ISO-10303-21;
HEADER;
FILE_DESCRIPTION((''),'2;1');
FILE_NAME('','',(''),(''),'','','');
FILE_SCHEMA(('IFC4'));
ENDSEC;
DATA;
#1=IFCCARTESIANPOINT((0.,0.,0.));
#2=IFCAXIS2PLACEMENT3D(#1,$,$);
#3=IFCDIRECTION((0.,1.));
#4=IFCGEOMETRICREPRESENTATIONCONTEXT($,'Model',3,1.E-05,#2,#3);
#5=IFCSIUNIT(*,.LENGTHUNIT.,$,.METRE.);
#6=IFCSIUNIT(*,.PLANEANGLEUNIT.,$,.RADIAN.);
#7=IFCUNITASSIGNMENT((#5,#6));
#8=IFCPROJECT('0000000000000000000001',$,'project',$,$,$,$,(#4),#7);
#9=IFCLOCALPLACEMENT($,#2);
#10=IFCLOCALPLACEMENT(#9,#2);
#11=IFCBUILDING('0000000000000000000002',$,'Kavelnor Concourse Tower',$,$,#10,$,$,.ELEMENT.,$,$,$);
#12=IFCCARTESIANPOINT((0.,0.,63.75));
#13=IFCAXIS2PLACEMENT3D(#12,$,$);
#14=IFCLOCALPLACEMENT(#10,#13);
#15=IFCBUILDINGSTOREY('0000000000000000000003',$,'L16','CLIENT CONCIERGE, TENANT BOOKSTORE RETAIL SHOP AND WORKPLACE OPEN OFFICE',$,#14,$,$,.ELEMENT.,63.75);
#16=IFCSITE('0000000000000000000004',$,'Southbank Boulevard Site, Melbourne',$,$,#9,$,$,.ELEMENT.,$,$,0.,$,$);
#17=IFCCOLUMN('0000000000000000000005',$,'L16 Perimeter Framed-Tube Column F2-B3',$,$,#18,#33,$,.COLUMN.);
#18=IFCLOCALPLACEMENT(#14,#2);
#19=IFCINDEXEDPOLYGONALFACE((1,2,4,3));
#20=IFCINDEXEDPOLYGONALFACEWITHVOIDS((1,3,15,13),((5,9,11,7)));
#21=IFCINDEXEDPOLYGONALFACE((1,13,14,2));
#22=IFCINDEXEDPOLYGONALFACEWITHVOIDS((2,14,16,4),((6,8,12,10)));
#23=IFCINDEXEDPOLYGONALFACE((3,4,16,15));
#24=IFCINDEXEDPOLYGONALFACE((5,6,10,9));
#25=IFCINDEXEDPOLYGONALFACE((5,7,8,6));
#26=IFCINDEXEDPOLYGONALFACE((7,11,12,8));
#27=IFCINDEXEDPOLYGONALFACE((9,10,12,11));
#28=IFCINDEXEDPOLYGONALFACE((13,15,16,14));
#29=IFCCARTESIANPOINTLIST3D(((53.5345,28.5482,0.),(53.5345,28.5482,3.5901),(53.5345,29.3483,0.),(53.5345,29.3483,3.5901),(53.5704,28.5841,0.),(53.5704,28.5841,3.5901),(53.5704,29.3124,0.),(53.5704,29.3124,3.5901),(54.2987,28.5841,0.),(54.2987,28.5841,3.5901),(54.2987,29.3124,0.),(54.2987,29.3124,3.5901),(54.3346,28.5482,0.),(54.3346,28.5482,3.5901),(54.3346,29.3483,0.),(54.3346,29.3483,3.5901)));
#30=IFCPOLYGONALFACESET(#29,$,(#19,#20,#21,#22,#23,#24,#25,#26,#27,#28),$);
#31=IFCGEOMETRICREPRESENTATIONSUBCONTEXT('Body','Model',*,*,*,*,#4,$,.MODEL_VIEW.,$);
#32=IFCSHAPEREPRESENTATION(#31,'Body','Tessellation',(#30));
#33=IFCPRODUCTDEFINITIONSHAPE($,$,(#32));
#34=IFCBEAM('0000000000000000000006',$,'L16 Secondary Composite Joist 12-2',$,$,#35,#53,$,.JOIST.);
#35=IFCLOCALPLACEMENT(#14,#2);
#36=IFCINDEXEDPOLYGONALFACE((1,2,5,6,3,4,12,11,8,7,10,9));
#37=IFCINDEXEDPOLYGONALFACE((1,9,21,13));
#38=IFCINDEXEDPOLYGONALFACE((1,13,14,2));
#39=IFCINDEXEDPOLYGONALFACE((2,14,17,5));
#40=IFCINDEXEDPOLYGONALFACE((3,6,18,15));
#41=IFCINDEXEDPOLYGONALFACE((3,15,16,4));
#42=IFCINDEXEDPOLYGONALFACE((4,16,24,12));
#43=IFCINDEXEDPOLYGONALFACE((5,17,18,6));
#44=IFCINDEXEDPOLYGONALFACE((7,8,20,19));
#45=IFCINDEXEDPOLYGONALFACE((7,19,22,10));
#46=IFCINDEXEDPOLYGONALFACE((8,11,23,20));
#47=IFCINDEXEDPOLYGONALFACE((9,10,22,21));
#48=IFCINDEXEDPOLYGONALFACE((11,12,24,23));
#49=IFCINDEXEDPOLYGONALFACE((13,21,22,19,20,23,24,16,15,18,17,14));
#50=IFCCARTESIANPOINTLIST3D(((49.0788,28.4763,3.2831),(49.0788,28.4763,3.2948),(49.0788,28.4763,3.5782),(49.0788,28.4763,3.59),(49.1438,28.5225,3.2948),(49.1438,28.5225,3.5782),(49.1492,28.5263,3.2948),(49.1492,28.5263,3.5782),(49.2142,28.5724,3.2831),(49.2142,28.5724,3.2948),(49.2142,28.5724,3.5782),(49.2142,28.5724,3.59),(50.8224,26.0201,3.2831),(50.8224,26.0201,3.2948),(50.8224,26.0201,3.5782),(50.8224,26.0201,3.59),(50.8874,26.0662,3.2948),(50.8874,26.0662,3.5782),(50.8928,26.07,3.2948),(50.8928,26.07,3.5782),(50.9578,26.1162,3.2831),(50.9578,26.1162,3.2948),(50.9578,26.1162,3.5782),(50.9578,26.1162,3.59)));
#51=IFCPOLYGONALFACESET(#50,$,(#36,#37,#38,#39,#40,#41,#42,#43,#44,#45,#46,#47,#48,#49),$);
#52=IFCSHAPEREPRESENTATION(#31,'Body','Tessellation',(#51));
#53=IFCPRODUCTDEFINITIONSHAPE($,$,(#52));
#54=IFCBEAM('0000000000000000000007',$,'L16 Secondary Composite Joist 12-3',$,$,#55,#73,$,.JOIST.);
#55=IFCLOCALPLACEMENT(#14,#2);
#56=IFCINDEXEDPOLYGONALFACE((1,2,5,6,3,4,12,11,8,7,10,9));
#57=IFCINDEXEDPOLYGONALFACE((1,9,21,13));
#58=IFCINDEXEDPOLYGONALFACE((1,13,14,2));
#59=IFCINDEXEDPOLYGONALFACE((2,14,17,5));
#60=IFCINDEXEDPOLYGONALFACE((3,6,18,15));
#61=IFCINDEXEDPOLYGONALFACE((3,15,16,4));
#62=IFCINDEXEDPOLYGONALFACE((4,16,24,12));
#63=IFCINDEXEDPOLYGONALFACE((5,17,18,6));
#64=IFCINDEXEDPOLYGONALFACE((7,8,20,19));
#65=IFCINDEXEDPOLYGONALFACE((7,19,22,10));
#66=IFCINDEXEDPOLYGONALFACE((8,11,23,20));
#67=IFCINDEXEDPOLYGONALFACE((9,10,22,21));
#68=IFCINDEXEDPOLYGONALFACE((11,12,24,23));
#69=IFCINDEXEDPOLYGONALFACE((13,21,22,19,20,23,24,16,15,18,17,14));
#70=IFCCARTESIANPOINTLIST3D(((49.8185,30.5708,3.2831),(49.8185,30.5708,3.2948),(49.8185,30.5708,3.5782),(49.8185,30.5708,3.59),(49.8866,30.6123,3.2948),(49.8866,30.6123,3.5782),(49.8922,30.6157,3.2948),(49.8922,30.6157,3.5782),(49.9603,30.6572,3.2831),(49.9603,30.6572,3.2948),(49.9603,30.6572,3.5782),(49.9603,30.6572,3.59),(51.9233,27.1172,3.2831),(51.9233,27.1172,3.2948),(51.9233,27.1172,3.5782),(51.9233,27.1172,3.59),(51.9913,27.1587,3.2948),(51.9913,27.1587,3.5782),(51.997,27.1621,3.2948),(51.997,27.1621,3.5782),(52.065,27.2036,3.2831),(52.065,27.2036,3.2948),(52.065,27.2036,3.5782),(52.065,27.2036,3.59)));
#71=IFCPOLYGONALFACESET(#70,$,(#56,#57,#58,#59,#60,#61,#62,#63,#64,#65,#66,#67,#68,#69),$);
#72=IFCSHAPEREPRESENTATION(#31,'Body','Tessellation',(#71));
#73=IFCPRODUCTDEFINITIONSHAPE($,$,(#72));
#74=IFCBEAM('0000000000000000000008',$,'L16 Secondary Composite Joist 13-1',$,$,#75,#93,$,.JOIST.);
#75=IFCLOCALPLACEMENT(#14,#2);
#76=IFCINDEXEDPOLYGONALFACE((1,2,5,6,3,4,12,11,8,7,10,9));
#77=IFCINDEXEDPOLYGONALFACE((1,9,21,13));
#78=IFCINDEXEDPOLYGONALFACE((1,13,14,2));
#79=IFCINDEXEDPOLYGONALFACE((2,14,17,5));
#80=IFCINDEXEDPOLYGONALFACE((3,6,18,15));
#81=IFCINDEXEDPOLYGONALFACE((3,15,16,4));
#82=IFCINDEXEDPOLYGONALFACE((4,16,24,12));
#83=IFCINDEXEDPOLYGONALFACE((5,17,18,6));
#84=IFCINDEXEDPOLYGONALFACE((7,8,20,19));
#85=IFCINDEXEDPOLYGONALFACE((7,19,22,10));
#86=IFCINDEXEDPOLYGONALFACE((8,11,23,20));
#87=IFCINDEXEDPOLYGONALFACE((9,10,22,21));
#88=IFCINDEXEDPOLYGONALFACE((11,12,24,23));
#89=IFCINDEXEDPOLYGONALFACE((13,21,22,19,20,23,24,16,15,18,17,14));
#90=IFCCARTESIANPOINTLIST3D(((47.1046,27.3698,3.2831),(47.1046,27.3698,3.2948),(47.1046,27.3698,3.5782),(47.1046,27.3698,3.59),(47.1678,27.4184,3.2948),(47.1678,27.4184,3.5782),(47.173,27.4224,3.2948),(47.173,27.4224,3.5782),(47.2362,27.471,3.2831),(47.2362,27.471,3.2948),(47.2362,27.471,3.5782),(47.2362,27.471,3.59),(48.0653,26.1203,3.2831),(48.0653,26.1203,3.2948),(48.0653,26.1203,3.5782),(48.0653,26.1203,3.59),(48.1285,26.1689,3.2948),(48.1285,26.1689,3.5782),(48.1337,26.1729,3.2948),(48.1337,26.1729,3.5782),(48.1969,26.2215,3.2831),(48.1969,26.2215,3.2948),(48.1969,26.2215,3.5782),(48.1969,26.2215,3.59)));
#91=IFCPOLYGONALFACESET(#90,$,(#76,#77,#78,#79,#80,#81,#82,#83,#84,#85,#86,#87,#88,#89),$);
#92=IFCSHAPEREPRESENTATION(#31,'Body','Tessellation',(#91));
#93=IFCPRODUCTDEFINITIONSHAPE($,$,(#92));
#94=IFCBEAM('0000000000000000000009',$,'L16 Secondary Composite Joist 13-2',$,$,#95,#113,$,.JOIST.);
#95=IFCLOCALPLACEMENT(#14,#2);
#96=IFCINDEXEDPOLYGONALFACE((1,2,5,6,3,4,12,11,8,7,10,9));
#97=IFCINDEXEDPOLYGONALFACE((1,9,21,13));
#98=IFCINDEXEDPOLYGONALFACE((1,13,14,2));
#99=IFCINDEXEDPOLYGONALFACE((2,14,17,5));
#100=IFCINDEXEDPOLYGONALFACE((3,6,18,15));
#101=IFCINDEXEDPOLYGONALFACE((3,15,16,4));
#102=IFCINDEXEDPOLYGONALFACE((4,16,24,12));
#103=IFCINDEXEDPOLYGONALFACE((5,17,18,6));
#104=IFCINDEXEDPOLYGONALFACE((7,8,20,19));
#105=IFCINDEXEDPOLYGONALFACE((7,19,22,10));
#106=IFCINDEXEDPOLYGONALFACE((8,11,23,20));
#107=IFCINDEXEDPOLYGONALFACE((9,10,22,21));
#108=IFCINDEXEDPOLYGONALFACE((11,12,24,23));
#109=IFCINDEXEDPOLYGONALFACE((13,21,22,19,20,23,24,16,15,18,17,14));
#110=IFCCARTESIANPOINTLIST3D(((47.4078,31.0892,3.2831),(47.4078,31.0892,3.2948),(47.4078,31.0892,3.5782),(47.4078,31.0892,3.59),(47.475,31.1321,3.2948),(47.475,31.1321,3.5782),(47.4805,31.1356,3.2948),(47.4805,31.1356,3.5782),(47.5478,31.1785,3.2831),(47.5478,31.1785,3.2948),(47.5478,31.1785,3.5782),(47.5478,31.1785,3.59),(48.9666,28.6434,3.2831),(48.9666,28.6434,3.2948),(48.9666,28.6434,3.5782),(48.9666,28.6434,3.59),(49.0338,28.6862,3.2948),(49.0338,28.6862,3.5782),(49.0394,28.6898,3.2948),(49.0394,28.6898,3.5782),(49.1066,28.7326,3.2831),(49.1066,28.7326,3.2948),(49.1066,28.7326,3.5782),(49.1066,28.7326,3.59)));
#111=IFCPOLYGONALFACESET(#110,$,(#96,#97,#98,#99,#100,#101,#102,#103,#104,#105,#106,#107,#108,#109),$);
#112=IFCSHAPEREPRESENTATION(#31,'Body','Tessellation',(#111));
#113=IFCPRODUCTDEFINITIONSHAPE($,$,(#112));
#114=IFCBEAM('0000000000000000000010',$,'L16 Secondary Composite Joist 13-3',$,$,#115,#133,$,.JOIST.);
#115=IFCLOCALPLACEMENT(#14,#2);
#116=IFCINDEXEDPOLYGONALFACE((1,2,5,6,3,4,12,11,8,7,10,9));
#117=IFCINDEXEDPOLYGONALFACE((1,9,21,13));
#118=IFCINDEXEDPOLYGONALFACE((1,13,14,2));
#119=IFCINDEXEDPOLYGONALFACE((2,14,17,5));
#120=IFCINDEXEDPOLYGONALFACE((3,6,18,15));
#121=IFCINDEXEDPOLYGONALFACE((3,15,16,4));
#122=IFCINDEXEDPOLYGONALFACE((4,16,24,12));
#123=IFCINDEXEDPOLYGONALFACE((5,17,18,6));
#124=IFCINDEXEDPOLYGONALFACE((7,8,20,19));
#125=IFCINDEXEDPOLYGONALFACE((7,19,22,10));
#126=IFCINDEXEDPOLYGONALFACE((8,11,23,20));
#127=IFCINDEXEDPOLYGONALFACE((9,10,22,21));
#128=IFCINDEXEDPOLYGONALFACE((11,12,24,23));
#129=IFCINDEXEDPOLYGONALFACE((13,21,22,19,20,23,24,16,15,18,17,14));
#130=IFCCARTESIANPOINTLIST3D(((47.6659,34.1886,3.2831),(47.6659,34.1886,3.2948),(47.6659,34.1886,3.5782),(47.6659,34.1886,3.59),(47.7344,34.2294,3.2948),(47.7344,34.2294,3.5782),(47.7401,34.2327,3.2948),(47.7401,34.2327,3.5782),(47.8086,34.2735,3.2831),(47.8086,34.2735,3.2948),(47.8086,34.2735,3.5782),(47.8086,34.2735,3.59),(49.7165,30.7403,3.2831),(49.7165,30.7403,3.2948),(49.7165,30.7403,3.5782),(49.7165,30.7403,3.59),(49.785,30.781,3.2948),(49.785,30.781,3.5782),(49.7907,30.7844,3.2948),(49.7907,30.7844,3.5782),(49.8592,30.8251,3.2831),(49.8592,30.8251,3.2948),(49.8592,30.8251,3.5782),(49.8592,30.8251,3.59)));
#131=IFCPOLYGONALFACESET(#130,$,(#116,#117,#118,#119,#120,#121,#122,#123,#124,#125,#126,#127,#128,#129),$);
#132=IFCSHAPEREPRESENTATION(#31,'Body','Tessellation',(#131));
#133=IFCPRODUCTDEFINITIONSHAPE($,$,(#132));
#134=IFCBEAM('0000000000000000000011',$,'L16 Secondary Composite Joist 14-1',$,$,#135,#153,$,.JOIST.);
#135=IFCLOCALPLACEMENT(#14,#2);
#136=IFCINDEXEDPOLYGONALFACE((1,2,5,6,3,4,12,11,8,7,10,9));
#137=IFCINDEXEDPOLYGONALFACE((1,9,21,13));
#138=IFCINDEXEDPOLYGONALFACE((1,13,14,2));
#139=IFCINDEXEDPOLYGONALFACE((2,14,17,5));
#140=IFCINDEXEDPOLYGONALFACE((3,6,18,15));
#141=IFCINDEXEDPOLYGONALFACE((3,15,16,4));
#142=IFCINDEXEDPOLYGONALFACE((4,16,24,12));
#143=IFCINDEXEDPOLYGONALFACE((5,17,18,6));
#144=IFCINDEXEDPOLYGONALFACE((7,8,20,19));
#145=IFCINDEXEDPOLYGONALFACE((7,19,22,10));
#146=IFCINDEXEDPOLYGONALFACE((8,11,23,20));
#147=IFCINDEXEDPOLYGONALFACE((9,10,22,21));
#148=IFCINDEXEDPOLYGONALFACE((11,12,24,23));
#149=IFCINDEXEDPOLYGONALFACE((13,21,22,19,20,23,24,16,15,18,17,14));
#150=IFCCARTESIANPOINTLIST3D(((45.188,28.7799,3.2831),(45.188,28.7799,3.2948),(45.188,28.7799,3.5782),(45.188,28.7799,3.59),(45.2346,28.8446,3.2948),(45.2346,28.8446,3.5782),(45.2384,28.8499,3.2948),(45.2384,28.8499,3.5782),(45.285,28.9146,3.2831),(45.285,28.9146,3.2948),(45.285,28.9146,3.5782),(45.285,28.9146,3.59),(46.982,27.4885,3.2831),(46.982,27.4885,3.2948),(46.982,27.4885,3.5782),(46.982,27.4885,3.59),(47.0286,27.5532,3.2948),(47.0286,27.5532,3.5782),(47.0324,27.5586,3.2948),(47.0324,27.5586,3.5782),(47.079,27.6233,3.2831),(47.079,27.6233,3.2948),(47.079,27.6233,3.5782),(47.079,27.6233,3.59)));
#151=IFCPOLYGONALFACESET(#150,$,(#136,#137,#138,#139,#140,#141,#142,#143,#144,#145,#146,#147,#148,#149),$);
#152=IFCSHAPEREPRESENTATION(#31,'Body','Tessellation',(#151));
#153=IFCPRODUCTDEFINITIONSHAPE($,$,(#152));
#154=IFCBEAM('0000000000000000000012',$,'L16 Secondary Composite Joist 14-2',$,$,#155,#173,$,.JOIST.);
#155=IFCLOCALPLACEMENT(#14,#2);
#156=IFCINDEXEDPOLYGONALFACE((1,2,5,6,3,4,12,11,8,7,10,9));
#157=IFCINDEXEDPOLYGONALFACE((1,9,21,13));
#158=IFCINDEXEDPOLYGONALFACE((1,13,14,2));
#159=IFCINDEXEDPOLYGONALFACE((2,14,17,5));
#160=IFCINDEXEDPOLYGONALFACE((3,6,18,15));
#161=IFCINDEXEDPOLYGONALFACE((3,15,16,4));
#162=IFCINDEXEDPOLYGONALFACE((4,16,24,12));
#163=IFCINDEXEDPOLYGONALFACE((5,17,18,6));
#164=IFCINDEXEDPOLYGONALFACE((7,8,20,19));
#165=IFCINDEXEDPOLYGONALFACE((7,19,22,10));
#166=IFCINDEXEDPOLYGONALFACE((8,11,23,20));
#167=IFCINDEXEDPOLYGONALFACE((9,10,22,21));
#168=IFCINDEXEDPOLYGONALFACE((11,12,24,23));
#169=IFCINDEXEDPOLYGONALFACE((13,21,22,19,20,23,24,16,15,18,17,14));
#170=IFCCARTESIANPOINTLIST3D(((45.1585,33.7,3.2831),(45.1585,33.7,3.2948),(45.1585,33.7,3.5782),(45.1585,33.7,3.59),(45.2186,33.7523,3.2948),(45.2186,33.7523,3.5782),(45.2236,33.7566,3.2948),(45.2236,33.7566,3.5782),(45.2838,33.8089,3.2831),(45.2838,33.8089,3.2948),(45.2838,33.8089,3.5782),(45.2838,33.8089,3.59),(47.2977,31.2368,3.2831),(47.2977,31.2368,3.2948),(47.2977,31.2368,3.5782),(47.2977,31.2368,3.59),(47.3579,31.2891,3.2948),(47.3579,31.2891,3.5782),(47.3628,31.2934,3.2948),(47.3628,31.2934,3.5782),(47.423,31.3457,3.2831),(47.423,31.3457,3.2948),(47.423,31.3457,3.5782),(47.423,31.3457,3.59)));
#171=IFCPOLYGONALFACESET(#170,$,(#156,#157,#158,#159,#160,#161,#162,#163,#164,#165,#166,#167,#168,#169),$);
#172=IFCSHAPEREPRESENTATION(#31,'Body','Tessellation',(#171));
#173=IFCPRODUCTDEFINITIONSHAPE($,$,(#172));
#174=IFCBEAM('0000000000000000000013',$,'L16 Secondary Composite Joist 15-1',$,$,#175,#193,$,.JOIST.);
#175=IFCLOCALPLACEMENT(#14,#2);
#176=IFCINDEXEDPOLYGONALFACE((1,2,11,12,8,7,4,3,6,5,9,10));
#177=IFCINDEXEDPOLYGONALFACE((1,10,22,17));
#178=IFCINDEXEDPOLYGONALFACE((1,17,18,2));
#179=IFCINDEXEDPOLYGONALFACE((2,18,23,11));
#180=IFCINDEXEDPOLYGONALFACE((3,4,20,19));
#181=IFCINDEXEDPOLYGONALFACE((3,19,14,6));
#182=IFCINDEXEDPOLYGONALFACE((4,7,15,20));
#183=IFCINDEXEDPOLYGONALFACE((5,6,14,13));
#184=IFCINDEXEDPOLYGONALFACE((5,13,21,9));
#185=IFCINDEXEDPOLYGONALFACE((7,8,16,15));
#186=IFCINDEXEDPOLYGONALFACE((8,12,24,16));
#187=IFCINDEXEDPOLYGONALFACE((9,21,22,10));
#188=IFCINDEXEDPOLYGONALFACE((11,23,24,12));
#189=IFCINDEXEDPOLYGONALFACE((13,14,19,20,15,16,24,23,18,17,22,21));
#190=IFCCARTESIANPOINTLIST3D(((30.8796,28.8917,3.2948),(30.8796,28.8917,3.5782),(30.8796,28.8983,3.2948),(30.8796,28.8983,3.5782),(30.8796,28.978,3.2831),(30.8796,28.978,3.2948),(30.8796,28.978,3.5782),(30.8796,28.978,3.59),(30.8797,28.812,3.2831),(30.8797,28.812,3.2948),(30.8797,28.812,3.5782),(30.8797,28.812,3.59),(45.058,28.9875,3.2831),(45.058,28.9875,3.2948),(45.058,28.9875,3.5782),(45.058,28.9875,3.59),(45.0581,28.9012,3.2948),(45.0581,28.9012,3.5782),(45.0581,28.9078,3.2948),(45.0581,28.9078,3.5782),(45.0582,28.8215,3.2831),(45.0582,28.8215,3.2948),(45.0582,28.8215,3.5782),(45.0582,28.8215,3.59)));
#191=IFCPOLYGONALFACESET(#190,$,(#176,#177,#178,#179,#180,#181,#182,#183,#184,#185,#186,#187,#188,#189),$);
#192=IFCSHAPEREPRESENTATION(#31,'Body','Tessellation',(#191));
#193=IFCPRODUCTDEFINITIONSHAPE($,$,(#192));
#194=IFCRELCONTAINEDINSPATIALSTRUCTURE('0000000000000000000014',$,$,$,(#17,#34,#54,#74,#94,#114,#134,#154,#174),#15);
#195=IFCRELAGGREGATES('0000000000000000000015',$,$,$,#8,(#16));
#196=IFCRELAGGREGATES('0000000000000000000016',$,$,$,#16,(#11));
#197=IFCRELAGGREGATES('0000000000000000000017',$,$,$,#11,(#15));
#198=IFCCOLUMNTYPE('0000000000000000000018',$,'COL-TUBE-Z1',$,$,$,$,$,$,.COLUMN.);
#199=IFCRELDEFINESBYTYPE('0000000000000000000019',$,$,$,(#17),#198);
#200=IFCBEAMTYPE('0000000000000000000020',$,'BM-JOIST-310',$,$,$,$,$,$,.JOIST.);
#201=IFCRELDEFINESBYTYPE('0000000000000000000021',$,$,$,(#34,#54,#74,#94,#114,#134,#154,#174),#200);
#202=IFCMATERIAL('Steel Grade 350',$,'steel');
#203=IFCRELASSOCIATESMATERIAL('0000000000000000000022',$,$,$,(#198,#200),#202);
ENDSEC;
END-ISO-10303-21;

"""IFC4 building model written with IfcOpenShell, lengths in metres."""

from ifc_helpers import new_model, si_unit, direction, frame, origin, origin_2d, place, context, subcontext, project, spatial, hollow_rectangle, i_section, extrude, material, material_profile, profile_set, type_object, element, save


model = new_model("IFC4")

# Units and contexts
model_context = context("Model", 3, precision=1e-05, world=origin(), true_north=direction((0.0, 1.0)))
body_context = subcontext(model_context, "Body", "Model", "MODEL_VIEW")
ifc_project = project(units=[si_unit("LENGTHUNIT", "METRE"), si_unit("PLANEANGLEUNIT", "RADIAN")], contexts=[model_context])

# Site, building, storey
site_placement = place(None, origin())
site = spatial("IfcSite", under=ifc_project, at=site_placement, Name="Southbank Boulevard Site, Melbourne", CompositionType="ELEMENT", RefElevation=0.0)
building_placement = place(site_placement, origin())
building = spatial("IfcBuilding", under=site, at=building_placement, Name="Kavelnor Concourse Tower", CompositionType="ELEMENT")
storey_placement = place(building_placement, frame((0.0, 0.0, 63.75)))
storey = spatial("IfcBuildingStorey", under=building, at=storey_placement, Name="L16", Description="CLIENT CONCIERGE, TENANT BOOKSTORE RETAIL SHOP AND WORKPLACE OPEN OFFICE", CompositionType="ELEMENT", Elevation=63.75)

# Column
ifc_material_1 = material(Name="Steel Grade 350", Category="steel")
ifc_material_profile_1 = material_profile(ifc_material_1, hollow_rectangle(XDim=0.8, YDim=0.8, WallThickness=0.0359, at=origin_2d()), Name="SHS 800x800x36")
ifc_profile_set_1 = profile_set([ifc_material_profile_1], Name="Steel Grade 350")
column_type = type_object("IfcColumnType", Name="COL-TUBE-Z1", PredefinedType="COLUMN", material=ifc_profile_set_1)
column_placement = place(storey_placement, frame((53.9346, 28.9482, 0.0), z_axis=(0.0, 0.0, 1.0), x_axis=(1.0, 0.0, 0.0)))
element("IfcColumn", 1, at=column_placement, inside=storey, type_object=column_type, Name="L16 Perimeter Framed-Tube Column F2-B3", PredefinedType="COLUMN", context=body_context, shape_type="SweptSolid", body=[
    extrude(hollow_rectangle(XDim=0.8, YDim=0.8, WallThickness=0.0359, at=origin_2d()), origin(), (0.0, 0.0, 1.0), 3.5901),
])

# Beams
ifc_material_profile_2 = material_profile(ifc_material_1, i_section(OverallWidth=0.166, OverallDepth=0.3069, WebThickness=0.0066, FlangeThickness=0.0117, at=origin_2d()), Name="310UB46")
ifc_profile_set_2 = profile_set([ifc_material_profile_2], Name="Steel Grade 350")
beam_type_1 = type_object("IfcBeamType", Name="BM-JOIST-310", PredefinedType="JOIST", material=ifc_profile_set_2)
beam_1_placement = place(storey_placement, frame((50.8901, 26.0681, 3.4365), z_axis=(-0.578851, 0.815433, 0.0), x_axis=(-0.815433, -0.578851, 0.0)))
element("IfcBeam", 2, at=beam_1_placement, inside=storey, type_object=beam_type_1, Name="L16 Secondary Composite Joist 12-2", PredefinedType="JOIST", context=body_context, shape_type="SweptSolid", body=[
    extrude(i_section(OverallWidth=0.166, OverallDepth=0.3069, WebThickness=0.0066, FlangeThickness=0.0117, at=origin_2d()), origin(), (0.0, 0.0, 1.0), 3.0122),
])
beam_2_placement = place(storey_placement, frame((51.9941, 27.1604, 3.4365), z_axis=(-0.520405, 0.85392, 0.0), x_axis=(-0.85392, -0.520405, 0.0)))
element("IfcBeam", 3, at=beam_2_placement, inside=storey, type_object=beam_type_1, Name="L16 Secondary Composite Joist 12-3", PredefinedType="JOIST", context=body_context, shape_type="SweptSolid", body=[
    extrude(i_section(OverallWidth=0.166, OverallDepth=0.3069, WebThickness=0.0066, FlangeThickness=0.0117, at=origin_2d()), origin(), (0.0, 0.0, 1.0), 4.0444),
])
beam_3_placement = place(storey_placement, frame((48.1311, 26.1709, 3.4365), z_axis=(-0.609524, 0.792768, 0.0), x_axis=(-0.792768, -0.609524, 0.0)))
element("IfcBeam", 4, at=beam_3_placement, inside=storey, type_object=beam_type_1, Name="L16 Secondary Composite Joist 13-1", PredefinedType="JOIST", context=body_context, shape_type="SweptSolid", body=[
    extrude(i_section(OverallWidth=0.166, OverallDepth=0.3069, WebThickness=0.0066, FlangeThickness=0.0117, at=origin_2d()), origin(), (0.0, 0.0, 1.0), 1.5762),
])
beam_4_placement = place(storey_placement, frame((49.0366, 28.688, 3.4365), z_axis=(-0.537469, 0.843283, 0.0), x_axis=(-0.843283, -0.537469, 0.0)))
element("IfcBeam", 5, at=beam_4_placement, inside=storey, type_object=beam_type_1, Name="L16 Secondary Composite Joist 13-2", PredefinedType="JOIST", context=body_context, shape_type="SweptSolid", body=[
    extrude(i_section(OverallWidth=0.166, OverallDepth=0.3069, WebThickness=0.0066, FlangeThickness=0.0117, at=origin_2d()), origin(), (0.0, 0.0, 1.0), 2.9004),
])
beam_5_placement = place(storey_placement, frame((49.7878, 30.7827, 3.4365), z_axis=(-0.511118, 0.859511, 0.0), x_axis=(-0.859511, -0.511118, 0.0)))
element("IfcBeam", 6, at=beam_5_placement, inside=storey, type_object=beam_type_1, Name="L16 Secondary Composite Joist 13-3", PredefinedType="JOIST", context=body_context, shape_type="SweptSolid", body=[
    extrude(i_section(OverallWidth=0.166, OverallDepth=0.3069, WebThickness=0.0066, FlangeThickness=0.0117, at=origin_2d()), origin(), (0.0, 0.0, 1.0), 4.012),
])
beam_6_placement = place(storey_placement, frame((47.0305, 27.5559, 3.4365), z_axis=(-0.811616, 0.584191, 0.0), x_axis=(-0.584191, -0.811616, 0.0)))
element("IfcBeam", 7, at=beam_6_placement, inside=storey, type_object=beam_type_1, Name="L16 Secondary Composite Joist 14-1", PredefinedType="JOIST", context=body_context, shape_type="SweptSolid", body=[
    extrude(i_section(OverallWidth=0.166, OverallDepth=0.3069, WebThickness=0.0066, FlangeThickness=0.0117, at=origin_2d()), origin(), (0.0, 0.0, 1.0), 2.2104),
])
beam_7_placement = place(storey_placement, frame((47.3604, 31.2913, 3.4365), z_axis=(-0.655708, 0.755015, 0.0), x_axis=(-0.755015, -0.655708, 0.0)))
element("IfcBeam", 8, at=beam_7_placement, inside=storey, type_object=beam_type_1, Name="L16 Secondary Composite Joist 14-2", PredefinedType="JOIST", context=body_context, shape_type="SweptSolid", body=[
    extrude(i_section(OverallWidth=0.166, OverallDepth=0.3069, WebThickness=0.0066, FlangeThickness=0.0117, at=origin_2d()), origin(), (0.0, 0.0, 1.0), 3.2625),
])
beam_8_placement = place(storey_placement, frame((45.0581, 28.9045, 3.4365), z_axis=(-1.0, -0.000672, 0.0), x_axis=(0.000672, -1.0, 0.0)))
element("IfcBeam", 9, at=beam_8_placement, inside=storey, type_object=beam_type_1, Name="L16 Secondary Composite Joist 15-1", PredefinedType="JOIST", context=body_context, shape_type="SweptSolid", body=[
    extrude(i_section(OverallWidth=0.166, OverallDepth=0.3069, WebThickness=0.0066, FlangeThickness=0.0117, at=origin_2d()), origin(), (0.0, 0.0, 1.0), 14.1785),
])

save(model, "model.ifc")
